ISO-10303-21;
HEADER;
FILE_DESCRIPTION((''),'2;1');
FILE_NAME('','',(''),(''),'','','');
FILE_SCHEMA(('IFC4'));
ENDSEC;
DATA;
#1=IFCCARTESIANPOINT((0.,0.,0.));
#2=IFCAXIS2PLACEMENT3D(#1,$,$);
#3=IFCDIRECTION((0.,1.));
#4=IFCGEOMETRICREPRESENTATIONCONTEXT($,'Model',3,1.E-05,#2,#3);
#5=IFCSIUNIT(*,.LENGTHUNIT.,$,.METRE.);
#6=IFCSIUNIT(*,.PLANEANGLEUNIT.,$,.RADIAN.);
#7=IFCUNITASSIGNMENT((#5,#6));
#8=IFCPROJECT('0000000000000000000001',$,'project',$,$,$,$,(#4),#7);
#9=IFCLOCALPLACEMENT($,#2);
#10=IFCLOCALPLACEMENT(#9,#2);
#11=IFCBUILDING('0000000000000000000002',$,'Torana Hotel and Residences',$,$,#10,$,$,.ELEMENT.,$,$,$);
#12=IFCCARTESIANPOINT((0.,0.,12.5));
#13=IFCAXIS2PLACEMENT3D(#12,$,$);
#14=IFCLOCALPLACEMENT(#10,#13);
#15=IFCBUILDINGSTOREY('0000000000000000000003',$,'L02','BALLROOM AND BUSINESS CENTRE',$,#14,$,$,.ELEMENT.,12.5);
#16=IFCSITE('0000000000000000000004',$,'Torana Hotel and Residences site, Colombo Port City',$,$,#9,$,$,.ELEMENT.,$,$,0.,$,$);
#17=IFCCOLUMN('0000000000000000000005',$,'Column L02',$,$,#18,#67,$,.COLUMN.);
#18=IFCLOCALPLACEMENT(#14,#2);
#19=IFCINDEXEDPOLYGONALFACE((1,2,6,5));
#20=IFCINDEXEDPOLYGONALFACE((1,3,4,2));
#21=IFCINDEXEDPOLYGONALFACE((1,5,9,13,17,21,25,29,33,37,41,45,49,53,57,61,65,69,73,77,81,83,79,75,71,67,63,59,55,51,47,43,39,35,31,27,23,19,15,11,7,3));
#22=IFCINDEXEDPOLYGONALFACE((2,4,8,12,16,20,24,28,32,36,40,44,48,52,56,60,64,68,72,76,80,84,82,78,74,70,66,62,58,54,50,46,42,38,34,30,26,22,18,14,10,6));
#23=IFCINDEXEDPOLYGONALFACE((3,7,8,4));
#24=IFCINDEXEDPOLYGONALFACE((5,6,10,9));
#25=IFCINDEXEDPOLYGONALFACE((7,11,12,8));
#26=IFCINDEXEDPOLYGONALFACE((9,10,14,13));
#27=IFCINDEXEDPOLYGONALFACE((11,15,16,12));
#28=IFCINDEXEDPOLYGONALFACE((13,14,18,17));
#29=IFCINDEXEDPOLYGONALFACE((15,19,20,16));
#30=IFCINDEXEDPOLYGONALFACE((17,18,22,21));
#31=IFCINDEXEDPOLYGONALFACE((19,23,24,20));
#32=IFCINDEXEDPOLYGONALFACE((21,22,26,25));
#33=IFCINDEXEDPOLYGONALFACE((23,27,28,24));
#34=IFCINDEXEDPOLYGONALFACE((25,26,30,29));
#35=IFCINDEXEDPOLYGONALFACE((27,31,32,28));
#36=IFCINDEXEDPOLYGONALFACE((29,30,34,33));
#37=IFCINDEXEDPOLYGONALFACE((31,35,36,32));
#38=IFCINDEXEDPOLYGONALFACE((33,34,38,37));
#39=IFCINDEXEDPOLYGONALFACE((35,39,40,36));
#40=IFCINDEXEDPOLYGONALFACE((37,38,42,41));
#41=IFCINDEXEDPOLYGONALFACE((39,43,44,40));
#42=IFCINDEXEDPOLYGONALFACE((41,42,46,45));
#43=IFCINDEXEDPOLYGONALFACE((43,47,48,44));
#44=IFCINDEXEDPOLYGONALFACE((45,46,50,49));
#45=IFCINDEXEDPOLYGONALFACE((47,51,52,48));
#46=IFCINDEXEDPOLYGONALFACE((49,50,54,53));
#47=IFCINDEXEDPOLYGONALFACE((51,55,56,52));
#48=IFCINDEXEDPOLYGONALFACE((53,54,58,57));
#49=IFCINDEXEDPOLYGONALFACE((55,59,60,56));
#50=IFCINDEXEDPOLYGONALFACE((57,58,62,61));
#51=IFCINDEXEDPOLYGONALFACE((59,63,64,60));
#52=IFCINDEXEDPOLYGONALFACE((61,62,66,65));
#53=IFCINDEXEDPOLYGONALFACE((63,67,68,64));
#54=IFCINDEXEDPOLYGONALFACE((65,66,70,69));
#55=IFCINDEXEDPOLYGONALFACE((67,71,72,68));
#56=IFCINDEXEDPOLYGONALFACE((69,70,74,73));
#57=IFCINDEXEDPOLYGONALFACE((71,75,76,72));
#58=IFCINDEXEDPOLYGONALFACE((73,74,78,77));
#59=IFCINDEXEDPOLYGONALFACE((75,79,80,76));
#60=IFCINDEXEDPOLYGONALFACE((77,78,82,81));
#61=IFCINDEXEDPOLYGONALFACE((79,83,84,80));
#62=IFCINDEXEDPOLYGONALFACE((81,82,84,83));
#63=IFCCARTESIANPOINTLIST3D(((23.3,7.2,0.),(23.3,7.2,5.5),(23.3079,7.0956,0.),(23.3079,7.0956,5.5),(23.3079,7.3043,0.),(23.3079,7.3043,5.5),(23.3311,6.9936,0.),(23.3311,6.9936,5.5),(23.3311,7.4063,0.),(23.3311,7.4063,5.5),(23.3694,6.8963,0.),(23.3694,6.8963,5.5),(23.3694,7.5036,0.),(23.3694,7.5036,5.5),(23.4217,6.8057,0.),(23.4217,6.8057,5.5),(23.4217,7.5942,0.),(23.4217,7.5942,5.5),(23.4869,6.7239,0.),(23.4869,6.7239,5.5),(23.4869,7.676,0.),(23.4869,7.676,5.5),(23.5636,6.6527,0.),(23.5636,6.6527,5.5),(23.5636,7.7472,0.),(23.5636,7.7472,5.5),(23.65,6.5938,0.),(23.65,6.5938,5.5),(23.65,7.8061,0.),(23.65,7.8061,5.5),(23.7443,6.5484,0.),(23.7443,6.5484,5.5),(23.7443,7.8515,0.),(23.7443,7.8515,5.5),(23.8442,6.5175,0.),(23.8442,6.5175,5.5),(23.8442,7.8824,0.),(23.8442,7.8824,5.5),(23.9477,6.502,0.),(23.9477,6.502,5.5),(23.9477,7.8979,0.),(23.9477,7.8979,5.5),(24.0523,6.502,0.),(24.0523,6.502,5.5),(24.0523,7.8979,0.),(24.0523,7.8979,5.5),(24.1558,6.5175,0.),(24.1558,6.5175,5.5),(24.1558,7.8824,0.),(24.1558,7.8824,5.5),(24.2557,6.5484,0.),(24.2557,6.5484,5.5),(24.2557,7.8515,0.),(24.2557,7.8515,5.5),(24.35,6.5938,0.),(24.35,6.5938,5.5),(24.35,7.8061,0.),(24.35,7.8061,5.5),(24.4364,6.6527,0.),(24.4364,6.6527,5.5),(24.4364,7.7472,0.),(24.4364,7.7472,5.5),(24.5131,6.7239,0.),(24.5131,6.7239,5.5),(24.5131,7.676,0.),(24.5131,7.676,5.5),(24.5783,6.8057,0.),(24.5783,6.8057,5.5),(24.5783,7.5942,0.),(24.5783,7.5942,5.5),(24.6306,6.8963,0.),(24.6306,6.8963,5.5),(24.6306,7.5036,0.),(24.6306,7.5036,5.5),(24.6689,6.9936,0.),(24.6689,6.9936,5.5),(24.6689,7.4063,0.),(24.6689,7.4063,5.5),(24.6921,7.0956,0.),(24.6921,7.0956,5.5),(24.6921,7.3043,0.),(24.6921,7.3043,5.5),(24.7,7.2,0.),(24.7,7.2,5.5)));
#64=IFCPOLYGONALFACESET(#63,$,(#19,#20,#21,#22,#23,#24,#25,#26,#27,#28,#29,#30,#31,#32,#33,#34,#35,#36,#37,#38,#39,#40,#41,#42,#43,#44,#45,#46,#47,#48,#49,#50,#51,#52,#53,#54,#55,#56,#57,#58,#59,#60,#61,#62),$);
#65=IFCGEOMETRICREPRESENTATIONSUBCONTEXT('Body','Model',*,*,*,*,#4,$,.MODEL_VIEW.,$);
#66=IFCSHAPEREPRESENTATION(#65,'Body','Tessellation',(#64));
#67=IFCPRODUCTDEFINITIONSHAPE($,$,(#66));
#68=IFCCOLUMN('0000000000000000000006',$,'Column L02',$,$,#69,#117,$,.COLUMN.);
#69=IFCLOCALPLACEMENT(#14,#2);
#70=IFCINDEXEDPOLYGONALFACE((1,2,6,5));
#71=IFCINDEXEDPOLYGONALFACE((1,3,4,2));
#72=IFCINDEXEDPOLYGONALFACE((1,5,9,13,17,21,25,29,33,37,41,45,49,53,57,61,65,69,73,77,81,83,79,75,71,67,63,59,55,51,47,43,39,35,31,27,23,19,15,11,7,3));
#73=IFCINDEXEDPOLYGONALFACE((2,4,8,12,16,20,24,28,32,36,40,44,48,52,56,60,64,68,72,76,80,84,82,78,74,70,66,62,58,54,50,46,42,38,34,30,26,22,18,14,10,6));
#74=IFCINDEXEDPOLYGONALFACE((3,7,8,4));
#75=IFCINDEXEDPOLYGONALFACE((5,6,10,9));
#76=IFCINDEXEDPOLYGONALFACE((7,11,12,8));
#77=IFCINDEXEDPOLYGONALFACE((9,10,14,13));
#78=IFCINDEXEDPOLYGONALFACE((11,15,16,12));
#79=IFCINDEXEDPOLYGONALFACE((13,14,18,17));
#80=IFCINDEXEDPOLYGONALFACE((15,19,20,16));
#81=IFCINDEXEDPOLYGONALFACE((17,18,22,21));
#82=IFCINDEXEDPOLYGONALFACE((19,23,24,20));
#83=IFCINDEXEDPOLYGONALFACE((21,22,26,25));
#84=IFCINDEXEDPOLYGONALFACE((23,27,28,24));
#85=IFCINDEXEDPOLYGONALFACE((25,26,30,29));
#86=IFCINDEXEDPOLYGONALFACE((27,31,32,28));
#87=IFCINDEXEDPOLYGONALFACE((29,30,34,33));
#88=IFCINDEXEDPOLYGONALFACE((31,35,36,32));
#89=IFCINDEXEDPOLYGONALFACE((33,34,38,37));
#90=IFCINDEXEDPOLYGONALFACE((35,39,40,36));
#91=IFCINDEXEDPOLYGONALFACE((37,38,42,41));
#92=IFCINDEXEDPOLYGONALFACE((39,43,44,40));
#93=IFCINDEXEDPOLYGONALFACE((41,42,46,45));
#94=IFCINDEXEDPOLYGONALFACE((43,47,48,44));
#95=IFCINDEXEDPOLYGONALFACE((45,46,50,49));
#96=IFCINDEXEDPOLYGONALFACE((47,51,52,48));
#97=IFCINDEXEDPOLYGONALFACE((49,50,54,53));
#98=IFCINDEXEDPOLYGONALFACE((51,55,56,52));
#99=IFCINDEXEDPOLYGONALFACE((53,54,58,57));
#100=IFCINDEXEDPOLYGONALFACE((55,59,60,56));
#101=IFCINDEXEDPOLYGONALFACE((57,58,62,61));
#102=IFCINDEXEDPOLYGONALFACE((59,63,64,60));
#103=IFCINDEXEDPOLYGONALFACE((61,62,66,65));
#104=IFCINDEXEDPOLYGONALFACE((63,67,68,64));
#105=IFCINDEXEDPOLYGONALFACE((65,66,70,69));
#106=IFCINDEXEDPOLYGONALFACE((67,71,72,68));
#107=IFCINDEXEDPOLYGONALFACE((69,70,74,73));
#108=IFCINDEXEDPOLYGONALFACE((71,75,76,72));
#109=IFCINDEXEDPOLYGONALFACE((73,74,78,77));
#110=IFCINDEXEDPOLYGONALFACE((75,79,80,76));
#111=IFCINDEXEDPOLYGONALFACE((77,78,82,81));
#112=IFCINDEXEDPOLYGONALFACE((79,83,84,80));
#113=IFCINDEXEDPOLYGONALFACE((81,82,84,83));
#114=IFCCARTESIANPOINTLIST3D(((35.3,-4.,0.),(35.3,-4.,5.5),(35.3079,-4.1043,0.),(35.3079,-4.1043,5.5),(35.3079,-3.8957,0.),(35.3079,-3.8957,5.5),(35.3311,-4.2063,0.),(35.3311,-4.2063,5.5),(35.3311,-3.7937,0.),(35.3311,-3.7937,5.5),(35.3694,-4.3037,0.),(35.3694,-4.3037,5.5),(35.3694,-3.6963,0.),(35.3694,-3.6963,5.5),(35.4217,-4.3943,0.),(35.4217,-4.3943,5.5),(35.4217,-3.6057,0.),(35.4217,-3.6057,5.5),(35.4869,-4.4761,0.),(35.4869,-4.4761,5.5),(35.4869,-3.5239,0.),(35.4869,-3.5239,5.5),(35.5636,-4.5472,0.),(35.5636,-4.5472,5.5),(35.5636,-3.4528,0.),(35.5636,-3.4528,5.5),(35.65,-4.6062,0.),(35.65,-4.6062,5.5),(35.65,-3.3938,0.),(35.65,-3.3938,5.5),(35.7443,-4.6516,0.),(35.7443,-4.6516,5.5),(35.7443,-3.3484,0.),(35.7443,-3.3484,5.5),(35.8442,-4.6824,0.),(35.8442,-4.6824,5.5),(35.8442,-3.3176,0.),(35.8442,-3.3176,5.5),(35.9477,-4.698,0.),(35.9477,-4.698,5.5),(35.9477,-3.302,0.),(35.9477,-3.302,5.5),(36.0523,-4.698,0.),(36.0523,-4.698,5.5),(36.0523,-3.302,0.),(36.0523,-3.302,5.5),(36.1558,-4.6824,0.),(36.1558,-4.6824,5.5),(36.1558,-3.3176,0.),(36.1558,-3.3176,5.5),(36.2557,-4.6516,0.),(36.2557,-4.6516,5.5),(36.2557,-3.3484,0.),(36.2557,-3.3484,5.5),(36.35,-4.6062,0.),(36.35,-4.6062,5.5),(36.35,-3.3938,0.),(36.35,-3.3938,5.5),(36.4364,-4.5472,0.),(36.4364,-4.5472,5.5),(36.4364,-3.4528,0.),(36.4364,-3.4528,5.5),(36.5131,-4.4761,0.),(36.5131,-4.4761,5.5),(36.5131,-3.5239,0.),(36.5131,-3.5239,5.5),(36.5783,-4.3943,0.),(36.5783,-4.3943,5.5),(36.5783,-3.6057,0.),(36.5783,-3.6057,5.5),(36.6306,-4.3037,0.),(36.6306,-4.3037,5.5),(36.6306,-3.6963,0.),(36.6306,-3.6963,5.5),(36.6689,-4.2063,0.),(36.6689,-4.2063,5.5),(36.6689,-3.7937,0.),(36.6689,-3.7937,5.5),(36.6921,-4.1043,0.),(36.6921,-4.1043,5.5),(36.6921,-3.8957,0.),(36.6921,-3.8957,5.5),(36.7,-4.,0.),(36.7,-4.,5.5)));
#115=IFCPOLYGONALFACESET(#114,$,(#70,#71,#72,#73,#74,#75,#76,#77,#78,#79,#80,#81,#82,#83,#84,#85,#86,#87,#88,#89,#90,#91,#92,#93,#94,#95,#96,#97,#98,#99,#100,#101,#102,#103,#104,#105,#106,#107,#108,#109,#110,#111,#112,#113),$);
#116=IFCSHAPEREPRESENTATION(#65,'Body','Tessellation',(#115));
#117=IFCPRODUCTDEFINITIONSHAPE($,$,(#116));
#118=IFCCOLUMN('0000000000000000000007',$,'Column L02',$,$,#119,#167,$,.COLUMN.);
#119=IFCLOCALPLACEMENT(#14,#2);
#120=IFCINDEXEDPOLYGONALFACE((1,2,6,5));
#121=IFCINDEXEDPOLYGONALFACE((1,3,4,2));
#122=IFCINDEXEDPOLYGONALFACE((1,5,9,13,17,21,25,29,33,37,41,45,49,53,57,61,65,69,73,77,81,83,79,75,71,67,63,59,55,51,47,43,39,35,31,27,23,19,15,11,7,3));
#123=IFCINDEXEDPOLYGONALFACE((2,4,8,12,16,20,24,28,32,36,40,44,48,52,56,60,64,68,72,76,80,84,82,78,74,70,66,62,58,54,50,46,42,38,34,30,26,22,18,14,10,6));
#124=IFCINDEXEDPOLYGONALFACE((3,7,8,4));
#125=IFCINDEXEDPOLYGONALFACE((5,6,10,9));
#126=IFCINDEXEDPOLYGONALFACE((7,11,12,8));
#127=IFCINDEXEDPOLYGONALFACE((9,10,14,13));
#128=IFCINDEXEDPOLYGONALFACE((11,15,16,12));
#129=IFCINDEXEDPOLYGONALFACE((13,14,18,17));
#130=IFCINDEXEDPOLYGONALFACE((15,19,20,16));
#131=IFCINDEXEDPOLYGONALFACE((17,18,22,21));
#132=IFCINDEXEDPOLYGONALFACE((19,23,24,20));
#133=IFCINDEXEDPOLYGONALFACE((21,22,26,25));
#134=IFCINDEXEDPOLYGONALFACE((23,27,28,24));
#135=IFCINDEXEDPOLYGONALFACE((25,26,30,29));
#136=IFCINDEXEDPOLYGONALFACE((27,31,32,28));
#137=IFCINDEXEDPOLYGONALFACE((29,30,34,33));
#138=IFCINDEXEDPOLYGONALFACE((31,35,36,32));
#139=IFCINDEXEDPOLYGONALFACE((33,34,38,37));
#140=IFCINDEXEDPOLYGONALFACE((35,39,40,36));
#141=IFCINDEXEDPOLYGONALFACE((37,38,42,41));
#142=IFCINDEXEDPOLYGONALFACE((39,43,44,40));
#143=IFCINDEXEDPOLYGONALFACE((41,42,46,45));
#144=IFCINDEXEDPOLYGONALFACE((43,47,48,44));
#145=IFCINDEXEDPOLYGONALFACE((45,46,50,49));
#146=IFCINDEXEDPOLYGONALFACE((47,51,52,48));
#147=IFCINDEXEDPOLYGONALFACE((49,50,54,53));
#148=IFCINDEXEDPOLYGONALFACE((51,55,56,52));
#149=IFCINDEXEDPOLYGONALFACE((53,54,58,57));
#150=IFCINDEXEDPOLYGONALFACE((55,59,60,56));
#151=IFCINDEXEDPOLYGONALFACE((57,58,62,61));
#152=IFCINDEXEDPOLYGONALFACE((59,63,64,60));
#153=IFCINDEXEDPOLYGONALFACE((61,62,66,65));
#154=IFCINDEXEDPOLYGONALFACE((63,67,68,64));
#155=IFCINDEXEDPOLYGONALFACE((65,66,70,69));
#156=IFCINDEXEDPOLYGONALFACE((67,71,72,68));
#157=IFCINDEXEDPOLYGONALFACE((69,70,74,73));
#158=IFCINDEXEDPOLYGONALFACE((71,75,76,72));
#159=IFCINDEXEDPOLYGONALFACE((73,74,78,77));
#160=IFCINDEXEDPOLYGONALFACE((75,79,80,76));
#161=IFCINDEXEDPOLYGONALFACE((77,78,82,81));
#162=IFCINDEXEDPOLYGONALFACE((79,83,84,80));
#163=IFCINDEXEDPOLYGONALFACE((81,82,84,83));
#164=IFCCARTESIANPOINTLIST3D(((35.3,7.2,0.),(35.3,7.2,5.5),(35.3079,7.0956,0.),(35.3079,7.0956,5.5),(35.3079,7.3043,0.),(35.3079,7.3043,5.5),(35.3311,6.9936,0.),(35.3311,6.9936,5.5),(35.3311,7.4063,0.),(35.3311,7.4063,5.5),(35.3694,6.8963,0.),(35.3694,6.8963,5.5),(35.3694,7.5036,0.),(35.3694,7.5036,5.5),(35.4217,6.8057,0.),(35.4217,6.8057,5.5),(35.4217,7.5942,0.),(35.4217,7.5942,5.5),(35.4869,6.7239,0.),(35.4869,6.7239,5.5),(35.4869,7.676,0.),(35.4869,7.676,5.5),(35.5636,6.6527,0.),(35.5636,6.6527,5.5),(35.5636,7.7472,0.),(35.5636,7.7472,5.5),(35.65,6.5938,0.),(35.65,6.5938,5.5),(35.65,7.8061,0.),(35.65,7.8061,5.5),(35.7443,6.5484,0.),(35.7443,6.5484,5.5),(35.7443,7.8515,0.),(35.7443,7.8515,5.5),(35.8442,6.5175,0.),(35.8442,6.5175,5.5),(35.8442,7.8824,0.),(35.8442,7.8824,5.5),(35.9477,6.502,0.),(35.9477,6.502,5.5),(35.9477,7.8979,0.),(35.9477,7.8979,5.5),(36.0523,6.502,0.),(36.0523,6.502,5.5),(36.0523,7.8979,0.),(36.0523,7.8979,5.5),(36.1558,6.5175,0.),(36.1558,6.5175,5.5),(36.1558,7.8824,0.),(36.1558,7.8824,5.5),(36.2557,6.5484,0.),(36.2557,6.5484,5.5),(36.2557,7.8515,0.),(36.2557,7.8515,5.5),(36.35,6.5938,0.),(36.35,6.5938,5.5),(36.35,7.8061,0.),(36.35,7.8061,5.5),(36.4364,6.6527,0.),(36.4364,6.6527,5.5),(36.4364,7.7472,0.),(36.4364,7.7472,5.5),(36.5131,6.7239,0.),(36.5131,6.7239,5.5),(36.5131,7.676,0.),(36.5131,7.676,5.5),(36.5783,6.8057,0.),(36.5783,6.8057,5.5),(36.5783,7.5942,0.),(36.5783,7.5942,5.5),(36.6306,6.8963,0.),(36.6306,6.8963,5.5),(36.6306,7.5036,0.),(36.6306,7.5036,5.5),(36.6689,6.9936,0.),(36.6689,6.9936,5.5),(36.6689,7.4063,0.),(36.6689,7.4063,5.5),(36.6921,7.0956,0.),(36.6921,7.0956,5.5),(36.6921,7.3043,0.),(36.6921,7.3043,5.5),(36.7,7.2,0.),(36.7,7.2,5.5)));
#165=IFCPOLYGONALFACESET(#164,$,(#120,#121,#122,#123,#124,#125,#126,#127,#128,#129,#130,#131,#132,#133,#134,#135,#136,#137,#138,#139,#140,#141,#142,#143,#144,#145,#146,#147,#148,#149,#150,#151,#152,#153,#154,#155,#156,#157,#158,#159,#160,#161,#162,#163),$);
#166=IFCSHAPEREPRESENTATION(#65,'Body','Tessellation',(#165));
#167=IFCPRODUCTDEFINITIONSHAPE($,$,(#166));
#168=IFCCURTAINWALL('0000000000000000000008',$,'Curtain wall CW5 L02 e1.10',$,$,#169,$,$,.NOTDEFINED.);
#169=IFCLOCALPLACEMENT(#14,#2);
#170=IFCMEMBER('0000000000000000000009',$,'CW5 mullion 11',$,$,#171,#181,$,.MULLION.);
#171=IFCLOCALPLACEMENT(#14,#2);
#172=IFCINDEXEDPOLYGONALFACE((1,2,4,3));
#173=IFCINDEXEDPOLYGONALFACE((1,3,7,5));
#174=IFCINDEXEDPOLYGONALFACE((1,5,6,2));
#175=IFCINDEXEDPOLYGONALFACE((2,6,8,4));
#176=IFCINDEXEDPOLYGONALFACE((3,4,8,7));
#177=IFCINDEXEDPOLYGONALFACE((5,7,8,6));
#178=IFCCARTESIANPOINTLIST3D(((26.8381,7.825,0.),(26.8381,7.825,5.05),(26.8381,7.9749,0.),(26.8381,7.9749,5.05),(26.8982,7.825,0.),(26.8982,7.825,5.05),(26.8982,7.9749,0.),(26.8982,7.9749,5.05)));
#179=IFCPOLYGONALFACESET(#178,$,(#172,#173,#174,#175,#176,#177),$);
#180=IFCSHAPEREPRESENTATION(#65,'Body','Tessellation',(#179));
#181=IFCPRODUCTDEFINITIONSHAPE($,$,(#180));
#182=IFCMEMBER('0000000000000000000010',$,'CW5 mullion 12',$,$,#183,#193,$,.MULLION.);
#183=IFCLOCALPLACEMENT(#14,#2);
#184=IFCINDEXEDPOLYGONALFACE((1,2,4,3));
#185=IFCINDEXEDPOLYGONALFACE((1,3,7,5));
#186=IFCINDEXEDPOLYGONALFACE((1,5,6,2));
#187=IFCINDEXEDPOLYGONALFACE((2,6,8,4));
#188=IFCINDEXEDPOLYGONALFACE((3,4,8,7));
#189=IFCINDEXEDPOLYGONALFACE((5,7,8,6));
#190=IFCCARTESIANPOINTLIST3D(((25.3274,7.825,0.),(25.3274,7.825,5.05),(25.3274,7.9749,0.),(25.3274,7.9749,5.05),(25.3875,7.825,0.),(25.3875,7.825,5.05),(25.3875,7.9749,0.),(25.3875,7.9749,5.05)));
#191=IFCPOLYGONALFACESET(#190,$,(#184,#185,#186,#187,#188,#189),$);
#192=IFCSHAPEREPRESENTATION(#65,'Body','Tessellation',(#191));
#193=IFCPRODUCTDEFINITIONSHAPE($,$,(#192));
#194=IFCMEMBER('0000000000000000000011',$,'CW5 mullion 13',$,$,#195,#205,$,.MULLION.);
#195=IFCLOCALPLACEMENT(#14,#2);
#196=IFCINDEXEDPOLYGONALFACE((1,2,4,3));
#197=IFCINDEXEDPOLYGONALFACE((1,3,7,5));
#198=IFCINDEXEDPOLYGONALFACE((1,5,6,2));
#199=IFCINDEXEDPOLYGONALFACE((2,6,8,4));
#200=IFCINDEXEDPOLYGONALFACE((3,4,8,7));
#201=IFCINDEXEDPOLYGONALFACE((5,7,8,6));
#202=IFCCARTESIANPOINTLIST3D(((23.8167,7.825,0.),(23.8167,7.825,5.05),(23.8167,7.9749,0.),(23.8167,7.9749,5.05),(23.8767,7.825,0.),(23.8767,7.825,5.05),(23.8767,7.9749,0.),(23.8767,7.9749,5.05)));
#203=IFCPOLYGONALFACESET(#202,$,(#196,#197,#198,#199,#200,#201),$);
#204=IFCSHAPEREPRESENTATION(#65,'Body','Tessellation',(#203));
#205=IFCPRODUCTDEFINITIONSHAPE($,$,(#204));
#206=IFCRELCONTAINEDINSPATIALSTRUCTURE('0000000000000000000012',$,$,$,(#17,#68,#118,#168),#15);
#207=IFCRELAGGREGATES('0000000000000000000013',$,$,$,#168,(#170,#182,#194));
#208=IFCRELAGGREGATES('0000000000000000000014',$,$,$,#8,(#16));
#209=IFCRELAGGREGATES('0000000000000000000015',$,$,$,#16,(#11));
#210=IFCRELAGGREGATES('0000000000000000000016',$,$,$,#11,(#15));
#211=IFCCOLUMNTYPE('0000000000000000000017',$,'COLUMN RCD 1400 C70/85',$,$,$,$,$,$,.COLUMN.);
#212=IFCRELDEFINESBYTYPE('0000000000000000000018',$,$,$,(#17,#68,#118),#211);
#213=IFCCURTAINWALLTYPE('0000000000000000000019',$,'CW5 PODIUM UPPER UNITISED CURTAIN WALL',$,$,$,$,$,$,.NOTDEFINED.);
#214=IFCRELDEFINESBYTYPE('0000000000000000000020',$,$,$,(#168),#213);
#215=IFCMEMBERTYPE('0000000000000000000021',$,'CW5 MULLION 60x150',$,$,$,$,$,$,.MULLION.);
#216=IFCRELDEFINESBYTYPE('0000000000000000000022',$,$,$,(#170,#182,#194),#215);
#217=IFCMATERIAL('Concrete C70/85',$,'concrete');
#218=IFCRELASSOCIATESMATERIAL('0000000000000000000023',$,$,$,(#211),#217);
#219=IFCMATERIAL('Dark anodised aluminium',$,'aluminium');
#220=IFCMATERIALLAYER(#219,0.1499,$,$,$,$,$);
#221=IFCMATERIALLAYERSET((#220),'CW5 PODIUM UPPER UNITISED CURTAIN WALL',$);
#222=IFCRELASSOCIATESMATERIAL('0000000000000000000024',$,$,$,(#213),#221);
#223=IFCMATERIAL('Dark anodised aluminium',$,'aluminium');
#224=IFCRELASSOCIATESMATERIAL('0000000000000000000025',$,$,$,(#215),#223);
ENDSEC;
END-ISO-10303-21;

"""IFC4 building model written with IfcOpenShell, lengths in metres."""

from ifc_helpers import new_model, si_unit, direction, frame, origin, origin_2d, place, context, subcontext, project, spatial, rectangle, circle, extrude, material, layer, layer_set, material_profile, profile_set, type_object, element, aggregate, save


model = new_model("IFC4")

# Units and contexts
model_context = context("Model", 3, precision=1e-05, world=origin(), true_north=direction((0.0, 1.0)))
body_context = subcontext(model_context, "Body", "Model", "MODEL_VIEW")
ifc_project = project(units=[si_unit("LENGTHUNIT", "METRE"), si_unit("PLANEANGLEUNIT", "RADIAN")], contexts=[model_context])

# Site, building, storey
site_placement = place(None, origin())
site = spatial("IfcSite", under=ifc_project, at=site_placement, Name="Torana Hotel and Residences site, Colombo Port City", CompositionType="ELEMENT", RefElevation=0.0)
building_placement = place(site_placement, origin())
building = spatial("IfcBuilding", under=site, at=building_placement, Name="Torana Hotel and Residences", CompositionType="ELEMENT")
storey_placement = place(building_placement, frame((0.0, 0.0, 12.5)))
storey = spatial("IfcBuildingStorey", under=building, at=storey_placement, Name="L02", Description="BALLROOM AND BUSINESS CENTRE", CompositionType="ELEMENT", Elevation=12.5)

# Columns
ifc_material_1 = material(Name="Concrete C70/85", Category="concrete")
ifc_material_profile_1 = material_profile(ifc_material_1, circle(Radius=0.7, at=origin_2d()), Name="RCD 1400")
ifc_profile_set_1 = profile_set([ifc_material_profile_1], Name="Concrete C70/85")
column_type = type_object("IfcColumnType", Name="COLUMN RCD 1400 C70/85", PredefinedType="COLUMN", material=ifc_profile_set_1)
for number, where, z_axis, x_axis, name in (
    (1, (24.0, 7.2, 0.0), (0.0, 0.0, 1.0), (1.0, 0.0, 0.0), "Column L02"),
    (2, (36.0, -4.0, 0.0), (0.0, 0.0, 1.0), (1.0, 0.0, 0.0), "Column L02"),
    (3, (36.0, 7.2, 0.0), (0.0, 0.0, 1.0), (1.0, 0.0, 0.0), "Column L02"),
):
    element("IfcColumn", number, at=place(storey_placement, frame(where, z_axis=z_axis, x_axis=x_axis)), inside=storey, type_object=column_type, Name=name, PredefinedType="COLUMN", context=body_context, shape_type="SweptSolid", body=[
        extrude(circle(Radius=0.7, at=origin_2d()), origin(), (0.0, 0.0, 1.0), 5.5),
    ])

# Curtain wall, members
ifc_material_2 = material(Name="Dark anodised aluminium", Category="aluminium")
ifc_layer_1 = layer(ifc_material_2, 0.1499)
ifc_layer_set_1 = layer_set([ifc_layer_1], Name="CW5 PODIUM UPPER UNITISED CURTAIN WALL")
curtain_wall_type = type_object("IfcCurtainWallType", Name="CW5 PODIUM UPPER UNITISED CURTAIN WALL", PredefinedType="NOTDEFINED", material=ifc_layer_set_1)
curtain_wall_placement = place(storey_placement, origin())
curtain_wall = element("IfcCurtainWall", 4, at=curtain_wall_placement, inside=storey, type_object=curtain_wall_type, Name="Curtain wall CW5 L02 e1.10", PredefinedType="NOTDEFINED")
ifc_material_3 = material(Name="Dark anodised aluminium", Category="aluminium")
ifc_material_profile_2 = material_profile(ifc_material_3, rectangle(XDim=0.1499, YDim=0.0601, at=origin_2d()), Name="CW5 MULLION 60x150")
ifc_profile_set_2 = profile_set([ifc_material_profile_2], Name="Dark anodised aluminium")
member_type_1 = type_object("IfcMemberType", Name="CW5 MULLION 60x150", PredefinedType="MULLION", material=ifc_profile_set_2)
member_1_placement = place(storey_placement, frame((26.8682, 7.8999, 0.0), z_axis=(0.0, 0.0, 1.0), x_axis=(0.0, -1.0, 0.0)))
member_1 = element("IfcMember", 5, at=member_1_placement, type_object=member_type_1, Name="CW5 mullion 11", PredefinedType="MULLION", context=body_context, shape_type="SweptSolid", body=[
    extrude(rectangle(XDim=0.1499, YDim=0.0601, at=origin_2d()), origin(), (0.0, 0.0, 1.0), 5.05),
])
member_2_placement = place(storey_placement, frame((25.3574, 7.8999, 0.0), z_axis=(0.0, 0.0, 1.0), x_axis=(0.0, -1.0, 0.0)))
member_2 = element("IfcMember", 6, at=member_2_placement, type_object=member_type_1, Name="CW5 mullion 12", PredefinedType="MULLION", context=body_context, shape_type="SweptSolid", body=[
    extrude(rectangle(XDim=0.1499, YDim=0.0601, at=origin_2d()), origin(), (0.0, 0.0, 1.0), 5.05),
])
member_3_placement = place(storey_placement, frame((23.8467, 7.8999, 0.0), z_axis=(0.0, 0.0, 1.0), x_axis=(0.0, -1.0, 0.0)))
member_3 = element("IfcMember", 7, at=member_3_placement, type_object=member_type_1, Name="CW5 mullion 13", PredefinedType="MULLION", context=body_context, shape_type="SweptSolid", body=[
    extrude(rectangle(XDim=0.1499, YDim=0.0601, at=origin_2d()), origin(), (0.0, 0.0, 1.0), 5.05),
])
aggregate(curtain_wall, [member_1, member_2, member_3])

save(model, "model.ifc")
